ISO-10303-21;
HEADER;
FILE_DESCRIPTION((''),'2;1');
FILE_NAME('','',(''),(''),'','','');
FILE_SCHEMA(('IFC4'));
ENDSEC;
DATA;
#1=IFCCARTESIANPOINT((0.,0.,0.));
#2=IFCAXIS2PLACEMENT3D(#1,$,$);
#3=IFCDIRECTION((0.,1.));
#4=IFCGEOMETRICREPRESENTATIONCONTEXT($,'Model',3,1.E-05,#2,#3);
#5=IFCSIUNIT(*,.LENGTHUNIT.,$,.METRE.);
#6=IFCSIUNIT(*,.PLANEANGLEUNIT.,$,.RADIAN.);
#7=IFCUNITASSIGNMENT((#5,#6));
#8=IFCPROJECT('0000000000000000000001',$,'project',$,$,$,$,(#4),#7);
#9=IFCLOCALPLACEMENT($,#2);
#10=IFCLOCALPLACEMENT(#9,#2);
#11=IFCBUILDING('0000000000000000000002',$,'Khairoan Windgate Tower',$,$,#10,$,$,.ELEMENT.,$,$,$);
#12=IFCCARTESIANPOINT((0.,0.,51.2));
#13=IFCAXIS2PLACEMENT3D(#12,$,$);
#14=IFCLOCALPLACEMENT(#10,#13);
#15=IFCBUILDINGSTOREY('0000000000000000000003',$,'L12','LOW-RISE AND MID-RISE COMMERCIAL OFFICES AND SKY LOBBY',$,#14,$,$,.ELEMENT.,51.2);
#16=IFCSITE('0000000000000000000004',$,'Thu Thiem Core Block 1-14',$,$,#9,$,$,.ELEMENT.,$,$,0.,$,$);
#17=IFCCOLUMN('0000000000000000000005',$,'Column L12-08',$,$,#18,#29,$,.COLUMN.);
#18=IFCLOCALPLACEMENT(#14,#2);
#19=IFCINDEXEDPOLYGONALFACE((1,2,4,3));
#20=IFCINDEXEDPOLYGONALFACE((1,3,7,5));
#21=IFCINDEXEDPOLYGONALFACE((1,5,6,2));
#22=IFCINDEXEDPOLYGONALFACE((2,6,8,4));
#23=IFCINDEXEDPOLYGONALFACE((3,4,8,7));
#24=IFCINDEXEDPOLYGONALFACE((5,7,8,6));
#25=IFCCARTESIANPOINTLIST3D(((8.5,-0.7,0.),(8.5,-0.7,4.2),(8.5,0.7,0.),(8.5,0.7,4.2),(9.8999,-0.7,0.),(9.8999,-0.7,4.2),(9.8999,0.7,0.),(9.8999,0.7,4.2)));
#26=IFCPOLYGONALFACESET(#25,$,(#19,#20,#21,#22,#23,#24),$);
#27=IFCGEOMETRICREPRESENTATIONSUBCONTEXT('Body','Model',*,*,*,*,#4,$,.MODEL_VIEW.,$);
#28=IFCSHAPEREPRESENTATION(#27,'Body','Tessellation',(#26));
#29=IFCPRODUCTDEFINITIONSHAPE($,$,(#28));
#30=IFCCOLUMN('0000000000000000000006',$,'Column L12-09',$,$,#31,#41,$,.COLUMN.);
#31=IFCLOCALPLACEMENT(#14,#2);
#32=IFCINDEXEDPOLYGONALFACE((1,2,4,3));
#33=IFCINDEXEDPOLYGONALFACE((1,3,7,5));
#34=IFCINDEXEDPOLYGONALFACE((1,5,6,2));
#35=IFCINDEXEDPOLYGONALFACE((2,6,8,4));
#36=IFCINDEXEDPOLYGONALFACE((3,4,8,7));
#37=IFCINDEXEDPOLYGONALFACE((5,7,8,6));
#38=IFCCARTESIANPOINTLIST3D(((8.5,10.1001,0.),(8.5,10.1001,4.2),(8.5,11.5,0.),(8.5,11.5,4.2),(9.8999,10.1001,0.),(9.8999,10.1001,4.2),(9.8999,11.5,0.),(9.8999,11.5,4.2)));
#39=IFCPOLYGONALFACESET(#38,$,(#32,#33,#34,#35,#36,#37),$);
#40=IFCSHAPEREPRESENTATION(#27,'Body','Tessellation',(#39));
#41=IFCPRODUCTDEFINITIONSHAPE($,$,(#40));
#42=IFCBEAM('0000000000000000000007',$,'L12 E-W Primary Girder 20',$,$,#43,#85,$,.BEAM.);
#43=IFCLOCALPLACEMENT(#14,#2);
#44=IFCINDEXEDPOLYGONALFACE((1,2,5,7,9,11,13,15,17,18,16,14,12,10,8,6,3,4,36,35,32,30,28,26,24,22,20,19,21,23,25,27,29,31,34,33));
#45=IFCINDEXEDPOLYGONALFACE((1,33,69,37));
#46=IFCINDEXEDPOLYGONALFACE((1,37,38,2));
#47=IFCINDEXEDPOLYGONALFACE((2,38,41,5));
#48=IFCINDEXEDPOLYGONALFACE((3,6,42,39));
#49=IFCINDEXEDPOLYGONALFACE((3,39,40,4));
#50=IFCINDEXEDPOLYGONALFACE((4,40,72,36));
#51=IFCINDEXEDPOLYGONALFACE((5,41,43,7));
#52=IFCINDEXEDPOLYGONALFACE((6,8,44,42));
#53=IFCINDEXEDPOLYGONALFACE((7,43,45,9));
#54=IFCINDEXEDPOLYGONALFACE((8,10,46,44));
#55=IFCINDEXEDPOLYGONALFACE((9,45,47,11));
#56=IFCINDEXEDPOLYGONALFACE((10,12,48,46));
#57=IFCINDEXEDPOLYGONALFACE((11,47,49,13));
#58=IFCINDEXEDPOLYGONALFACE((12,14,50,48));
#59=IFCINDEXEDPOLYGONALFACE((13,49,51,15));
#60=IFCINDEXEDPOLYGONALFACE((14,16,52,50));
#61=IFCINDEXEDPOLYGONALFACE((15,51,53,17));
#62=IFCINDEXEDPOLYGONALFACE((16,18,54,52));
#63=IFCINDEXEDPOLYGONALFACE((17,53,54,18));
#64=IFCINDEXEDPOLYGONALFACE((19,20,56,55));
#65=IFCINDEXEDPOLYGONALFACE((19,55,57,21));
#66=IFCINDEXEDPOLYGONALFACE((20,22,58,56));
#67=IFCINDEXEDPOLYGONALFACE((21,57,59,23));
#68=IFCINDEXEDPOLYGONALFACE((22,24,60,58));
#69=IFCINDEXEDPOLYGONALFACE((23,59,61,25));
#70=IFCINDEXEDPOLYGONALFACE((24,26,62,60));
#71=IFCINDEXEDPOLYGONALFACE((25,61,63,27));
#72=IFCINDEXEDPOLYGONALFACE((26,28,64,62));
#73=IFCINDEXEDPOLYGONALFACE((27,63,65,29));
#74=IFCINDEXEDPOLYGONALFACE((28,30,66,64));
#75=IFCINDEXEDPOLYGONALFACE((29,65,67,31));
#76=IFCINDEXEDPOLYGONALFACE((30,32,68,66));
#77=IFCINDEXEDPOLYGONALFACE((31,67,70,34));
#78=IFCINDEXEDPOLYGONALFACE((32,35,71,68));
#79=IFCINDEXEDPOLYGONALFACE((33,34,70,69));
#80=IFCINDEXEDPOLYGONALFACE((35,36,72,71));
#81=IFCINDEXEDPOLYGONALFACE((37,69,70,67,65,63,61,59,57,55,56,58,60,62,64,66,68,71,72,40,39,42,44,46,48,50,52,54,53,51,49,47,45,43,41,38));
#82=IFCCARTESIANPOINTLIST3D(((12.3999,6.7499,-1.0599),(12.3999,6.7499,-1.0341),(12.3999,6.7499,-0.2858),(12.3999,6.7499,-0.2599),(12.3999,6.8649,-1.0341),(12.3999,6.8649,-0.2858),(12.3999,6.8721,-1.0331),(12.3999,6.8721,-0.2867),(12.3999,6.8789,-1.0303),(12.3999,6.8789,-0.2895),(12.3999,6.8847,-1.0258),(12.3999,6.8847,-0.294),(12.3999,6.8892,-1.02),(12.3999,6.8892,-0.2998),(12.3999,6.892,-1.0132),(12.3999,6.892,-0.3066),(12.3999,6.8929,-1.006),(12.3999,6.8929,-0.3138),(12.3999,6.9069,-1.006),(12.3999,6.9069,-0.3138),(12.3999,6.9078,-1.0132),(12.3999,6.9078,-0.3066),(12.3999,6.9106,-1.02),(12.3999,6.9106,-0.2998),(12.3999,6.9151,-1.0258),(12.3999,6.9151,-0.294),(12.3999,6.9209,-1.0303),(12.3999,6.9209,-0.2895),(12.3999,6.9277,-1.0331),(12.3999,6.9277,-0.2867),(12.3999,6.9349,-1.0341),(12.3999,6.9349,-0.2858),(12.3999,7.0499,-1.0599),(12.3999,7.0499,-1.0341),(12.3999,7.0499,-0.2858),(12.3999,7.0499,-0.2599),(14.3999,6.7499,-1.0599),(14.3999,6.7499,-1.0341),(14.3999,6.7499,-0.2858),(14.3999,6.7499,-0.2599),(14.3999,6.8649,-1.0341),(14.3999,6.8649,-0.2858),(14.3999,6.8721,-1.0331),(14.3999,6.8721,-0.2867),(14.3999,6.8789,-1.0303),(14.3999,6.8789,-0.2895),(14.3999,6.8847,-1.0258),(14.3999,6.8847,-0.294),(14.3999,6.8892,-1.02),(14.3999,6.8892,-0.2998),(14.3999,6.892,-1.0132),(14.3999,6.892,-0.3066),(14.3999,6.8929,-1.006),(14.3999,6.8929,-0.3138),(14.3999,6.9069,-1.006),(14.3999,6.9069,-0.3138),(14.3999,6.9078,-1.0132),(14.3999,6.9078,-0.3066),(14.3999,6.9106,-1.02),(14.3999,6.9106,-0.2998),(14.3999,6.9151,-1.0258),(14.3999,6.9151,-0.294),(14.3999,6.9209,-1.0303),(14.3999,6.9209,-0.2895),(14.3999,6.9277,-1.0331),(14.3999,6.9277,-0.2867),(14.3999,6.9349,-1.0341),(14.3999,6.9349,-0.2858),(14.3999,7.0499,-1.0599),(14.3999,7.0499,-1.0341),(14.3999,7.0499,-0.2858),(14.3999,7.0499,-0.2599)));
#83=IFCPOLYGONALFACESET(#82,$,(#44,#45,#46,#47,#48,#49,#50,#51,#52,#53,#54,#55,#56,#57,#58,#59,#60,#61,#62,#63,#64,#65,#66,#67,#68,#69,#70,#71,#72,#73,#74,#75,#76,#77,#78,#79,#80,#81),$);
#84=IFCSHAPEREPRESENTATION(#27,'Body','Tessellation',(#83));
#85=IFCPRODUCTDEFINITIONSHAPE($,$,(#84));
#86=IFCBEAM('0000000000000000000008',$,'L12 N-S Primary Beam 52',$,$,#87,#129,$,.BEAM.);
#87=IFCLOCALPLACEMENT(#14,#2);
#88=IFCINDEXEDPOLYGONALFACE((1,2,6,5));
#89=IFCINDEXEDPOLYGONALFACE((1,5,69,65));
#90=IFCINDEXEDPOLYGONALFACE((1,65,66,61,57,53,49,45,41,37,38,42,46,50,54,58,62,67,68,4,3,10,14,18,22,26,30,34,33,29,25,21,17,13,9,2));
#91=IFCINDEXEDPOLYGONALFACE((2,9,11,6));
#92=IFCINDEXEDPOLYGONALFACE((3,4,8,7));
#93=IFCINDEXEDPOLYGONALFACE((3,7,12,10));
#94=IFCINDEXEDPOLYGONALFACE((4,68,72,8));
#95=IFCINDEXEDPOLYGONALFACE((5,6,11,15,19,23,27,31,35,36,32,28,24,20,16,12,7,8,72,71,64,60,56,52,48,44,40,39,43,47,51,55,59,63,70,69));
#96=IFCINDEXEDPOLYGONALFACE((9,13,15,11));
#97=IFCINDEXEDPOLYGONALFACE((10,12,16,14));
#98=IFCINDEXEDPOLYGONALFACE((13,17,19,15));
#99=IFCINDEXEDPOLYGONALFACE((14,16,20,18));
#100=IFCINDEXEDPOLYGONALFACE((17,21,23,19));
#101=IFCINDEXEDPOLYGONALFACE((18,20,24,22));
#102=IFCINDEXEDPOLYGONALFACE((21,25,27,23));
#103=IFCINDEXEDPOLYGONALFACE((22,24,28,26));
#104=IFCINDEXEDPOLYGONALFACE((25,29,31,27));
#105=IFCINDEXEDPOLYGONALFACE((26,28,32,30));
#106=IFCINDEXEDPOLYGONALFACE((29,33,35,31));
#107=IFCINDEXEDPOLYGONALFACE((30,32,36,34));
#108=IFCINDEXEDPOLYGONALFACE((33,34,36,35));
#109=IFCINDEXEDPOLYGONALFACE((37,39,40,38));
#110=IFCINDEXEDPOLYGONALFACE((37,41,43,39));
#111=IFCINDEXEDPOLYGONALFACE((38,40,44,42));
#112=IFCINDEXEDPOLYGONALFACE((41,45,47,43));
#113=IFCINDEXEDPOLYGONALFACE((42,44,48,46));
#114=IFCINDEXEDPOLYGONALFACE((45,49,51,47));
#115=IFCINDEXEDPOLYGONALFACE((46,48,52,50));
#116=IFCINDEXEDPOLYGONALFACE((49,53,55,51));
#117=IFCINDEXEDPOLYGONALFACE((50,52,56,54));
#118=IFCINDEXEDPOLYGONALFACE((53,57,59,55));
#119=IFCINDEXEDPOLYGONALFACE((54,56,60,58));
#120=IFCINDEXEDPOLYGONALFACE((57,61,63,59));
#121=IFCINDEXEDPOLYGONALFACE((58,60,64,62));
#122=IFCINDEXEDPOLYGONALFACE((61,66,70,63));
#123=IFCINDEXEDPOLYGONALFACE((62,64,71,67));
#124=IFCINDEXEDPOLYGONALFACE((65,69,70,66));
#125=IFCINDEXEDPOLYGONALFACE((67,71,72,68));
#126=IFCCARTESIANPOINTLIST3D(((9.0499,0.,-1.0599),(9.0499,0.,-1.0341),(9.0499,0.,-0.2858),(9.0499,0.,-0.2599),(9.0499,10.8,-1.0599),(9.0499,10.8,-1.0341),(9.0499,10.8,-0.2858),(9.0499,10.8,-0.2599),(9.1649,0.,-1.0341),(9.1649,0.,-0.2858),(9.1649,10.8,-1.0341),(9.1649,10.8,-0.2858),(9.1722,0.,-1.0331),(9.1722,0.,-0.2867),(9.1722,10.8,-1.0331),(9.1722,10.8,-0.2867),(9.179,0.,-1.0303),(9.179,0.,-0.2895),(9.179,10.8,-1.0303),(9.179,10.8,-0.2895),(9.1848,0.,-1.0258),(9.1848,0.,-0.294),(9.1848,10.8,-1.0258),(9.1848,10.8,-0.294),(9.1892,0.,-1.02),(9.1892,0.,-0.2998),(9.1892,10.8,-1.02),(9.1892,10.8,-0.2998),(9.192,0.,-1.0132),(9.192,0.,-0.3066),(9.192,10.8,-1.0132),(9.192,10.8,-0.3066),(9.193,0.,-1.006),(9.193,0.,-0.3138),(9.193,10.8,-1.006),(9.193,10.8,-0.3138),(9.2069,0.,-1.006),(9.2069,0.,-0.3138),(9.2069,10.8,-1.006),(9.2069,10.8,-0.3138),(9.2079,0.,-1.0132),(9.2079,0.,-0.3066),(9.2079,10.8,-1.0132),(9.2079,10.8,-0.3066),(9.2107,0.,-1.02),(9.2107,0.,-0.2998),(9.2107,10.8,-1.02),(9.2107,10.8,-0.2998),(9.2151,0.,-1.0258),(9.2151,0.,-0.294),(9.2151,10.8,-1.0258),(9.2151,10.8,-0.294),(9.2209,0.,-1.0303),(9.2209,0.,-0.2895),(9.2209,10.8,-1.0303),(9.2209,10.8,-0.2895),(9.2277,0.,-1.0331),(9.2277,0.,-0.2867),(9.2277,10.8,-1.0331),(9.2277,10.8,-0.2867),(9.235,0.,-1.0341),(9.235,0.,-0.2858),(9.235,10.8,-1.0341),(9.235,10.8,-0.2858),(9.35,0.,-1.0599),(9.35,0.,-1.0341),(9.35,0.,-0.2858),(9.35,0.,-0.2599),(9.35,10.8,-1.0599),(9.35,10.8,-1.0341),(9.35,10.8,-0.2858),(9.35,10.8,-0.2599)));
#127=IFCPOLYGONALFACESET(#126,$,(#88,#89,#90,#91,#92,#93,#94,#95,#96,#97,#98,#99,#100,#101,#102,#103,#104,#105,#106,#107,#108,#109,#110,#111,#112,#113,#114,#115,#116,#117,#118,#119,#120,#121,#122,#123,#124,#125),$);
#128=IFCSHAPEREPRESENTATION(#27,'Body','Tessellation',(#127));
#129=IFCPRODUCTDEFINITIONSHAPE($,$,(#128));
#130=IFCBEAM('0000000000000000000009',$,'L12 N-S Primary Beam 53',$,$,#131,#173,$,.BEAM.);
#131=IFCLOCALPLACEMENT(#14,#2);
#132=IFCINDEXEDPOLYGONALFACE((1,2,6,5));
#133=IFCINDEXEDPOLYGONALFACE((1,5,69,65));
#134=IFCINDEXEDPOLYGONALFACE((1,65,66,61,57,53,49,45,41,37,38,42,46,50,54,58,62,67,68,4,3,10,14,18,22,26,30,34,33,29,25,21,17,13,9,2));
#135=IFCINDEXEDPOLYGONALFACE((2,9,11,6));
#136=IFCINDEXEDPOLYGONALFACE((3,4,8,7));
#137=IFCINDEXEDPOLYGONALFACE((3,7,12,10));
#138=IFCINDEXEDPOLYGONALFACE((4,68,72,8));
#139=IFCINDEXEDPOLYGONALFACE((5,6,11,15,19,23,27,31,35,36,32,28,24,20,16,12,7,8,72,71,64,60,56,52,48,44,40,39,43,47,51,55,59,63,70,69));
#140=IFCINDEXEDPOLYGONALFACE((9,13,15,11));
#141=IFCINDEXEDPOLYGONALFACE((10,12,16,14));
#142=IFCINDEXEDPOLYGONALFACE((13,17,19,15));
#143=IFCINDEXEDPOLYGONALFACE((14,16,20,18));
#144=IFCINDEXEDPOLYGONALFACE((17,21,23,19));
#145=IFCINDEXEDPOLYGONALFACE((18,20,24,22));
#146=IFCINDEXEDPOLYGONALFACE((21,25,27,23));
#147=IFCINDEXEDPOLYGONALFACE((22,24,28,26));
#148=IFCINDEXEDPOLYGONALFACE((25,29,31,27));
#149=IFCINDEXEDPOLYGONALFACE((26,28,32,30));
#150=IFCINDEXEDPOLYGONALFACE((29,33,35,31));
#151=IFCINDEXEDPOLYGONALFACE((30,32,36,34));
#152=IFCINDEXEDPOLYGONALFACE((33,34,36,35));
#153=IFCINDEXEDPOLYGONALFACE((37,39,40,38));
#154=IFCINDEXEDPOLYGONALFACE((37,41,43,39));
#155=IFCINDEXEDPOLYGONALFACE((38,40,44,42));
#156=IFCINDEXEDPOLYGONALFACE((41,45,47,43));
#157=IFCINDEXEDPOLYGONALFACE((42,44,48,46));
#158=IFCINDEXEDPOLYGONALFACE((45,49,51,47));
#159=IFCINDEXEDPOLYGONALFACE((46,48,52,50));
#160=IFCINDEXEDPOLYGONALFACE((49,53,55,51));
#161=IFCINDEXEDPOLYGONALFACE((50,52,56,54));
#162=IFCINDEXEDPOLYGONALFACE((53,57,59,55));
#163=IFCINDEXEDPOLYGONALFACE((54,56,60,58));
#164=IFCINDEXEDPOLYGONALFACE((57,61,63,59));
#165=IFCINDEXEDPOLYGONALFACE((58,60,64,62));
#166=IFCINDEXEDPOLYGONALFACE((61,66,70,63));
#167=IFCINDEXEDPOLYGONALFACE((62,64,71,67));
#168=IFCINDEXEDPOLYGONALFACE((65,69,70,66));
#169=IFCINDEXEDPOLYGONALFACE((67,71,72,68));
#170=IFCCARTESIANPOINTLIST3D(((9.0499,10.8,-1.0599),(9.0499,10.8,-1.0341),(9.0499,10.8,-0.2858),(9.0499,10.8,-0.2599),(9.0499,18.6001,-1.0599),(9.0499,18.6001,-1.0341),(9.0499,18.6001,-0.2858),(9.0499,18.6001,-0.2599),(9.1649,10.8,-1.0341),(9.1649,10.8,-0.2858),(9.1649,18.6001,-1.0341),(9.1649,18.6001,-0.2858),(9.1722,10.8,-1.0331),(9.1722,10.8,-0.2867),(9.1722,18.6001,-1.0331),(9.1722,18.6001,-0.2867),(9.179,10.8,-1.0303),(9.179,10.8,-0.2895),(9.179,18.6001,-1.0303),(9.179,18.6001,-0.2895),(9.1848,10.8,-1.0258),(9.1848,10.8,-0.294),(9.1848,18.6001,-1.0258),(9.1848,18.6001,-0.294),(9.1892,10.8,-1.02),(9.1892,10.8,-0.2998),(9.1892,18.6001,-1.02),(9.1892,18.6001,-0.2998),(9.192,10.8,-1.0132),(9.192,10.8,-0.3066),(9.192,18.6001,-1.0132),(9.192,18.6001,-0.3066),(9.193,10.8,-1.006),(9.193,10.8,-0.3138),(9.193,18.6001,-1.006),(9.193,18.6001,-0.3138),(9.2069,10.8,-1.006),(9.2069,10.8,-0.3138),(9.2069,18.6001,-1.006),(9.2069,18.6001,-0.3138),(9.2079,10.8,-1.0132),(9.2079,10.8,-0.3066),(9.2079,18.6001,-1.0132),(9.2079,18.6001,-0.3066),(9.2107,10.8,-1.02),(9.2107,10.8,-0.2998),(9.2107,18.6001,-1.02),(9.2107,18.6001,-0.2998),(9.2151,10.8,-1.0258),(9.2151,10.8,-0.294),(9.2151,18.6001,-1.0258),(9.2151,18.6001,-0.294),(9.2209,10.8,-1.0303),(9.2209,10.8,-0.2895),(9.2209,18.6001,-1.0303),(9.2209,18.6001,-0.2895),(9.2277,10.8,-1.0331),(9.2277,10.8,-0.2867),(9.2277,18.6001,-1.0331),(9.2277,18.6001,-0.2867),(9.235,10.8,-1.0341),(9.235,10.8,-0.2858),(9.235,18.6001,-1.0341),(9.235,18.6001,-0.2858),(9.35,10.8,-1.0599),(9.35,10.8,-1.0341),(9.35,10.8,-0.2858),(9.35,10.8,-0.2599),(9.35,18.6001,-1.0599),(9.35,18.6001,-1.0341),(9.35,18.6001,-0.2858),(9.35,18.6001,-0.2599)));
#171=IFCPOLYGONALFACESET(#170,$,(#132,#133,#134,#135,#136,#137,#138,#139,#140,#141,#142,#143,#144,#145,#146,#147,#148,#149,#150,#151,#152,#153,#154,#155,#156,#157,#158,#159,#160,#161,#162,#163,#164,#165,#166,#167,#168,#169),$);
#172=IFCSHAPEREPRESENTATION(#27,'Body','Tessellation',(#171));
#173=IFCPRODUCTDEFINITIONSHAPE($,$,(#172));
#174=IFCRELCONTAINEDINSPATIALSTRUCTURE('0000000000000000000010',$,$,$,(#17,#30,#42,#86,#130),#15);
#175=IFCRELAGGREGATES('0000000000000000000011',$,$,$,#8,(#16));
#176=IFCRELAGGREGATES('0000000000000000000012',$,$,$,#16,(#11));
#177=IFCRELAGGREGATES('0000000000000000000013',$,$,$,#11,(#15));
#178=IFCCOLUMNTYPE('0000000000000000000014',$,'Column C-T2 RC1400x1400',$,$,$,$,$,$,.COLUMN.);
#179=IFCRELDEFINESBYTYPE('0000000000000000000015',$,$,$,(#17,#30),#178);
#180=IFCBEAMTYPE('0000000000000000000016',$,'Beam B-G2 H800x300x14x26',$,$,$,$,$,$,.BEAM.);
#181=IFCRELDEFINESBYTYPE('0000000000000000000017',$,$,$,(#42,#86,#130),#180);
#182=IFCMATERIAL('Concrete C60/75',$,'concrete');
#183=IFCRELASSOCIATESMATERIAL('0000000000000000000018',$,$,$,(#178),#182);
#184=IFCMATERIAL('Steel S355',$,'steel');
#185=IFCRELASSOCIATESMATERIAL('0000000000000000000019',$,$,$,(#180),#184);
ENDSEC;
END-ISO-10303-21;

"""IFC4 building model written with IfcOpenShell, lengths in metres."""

from ifc_helpers import new_model, si_unit, direction, frame, origin, origin_2d, place, context, subcontext, project, spatial, rectangle, i_section, extrude, material, material_profile, profile_set, type_object, element, save


model = new_model("IFC4")

# Units and contexts
model_context = context("Model", 3, precision=1e-05, world=origin(), true_north=direction((0.0, 1.0)))
body_context = subcontext(model_context, "Body", "Model", "MODEL_VIEW")
ifc_project = project(units=[si_unit("LENGTHUNIT", "METRE"), si_unit("PLANEANGLEUNIT", "RADIAN")], contexts=[model_context])

# Site, building, storey
site_placement = place(None, origin())
site = spatial("IfcSite", under=ifc_project, at=site_placement, Name="Thu Thiem Core Block 1-14", CompositionType="ELEMENT", RefElevation=0.0)
building_placement = place(site_placement, origin())
building = spatial("IfcBuilding", under=site, at=building_placement, Name="Khairoan Windgate Tower", CompositionType="ELEMENT")
storey_placement = place(building_placement, frame((0.0, 0.0, 51.2)))
storey = spatial("IfcBuildingStorey", under=building, at=storey_placement, Name="L12", Description="LOW-RISE AND MID-RISE COMMERCIAL OFFICES AND SKY LOBBY", CompositionType="ELEMENT", Elevation=51.2)

# Columns
ifc_material_1 = material(Name="Concrete C60/75", Category="concrete")
ifc_material_profile_1 = material_profile(ifc_material_1, rectangle(XDim=1.3999, YDim=1.3999, at=origin_2d()))
ifc_profile_set_1 = profile_set([ifc_material_profile_1], Name="Concrete C60/75")
column_type = type_object("IfcColumnType", Name="Column C-T2 RC1400x1400", PredefinedType="COLUMN", material=ifc_profile_set_1)
for number, where, z_axis, x_axis, name in (
    (1, (9.2, 0.0, 0.0), (0.0, 0.0, 1.0), (1.0, 0.0, 0.0), "Column L12-08"),
    (2, (9.2, 10.8, 0.0), (0.0, 0.0, 1.0), (1.0, 0.0, 0.0), "Column L12-09"),
):
    element("IfcColumn", number, at=place(storey_placement, frame(where, z_axis=z_axis, x_axis=x_axis)), inside=storey, type_object=column_type, Name=name, PredefinedType="COLUMN", context=body_context, shape_type="SweptSolid", body=[
        extrude(rectangle(XDim=1.3999, YDim=1.3999, at=origin_2d()), origin(), (0.0, 0.0, 1.0), 4.2),
    ])

# Beams
ifc_material_2 = material(Name="Steel S355", Category="steel")
ifc_material_profile_2 = material_profile(ifc_material_2, i_section(OverallWidth=0.3, OverallDepth=0.8, WebThickness=0.0139, FlangeThickness=0.0259, FilletRadius=0.0281, at=origin_2d()))
ifc_profile_set_2 = profile_set([ifc_material_profile_2], Name="Steel S355")
beam_type_1 = type_object("IfcBeamType", Name="Beam B-G2 H800x300x14x26", PredefinedType="BEAM", material=ifc_profile_set_2)
beam_1_placement = place(storey_placement, frame((12.3999, 6.8999, -0.6599), z_axis=(1.0, 0.0, 0.0), x_axis=(0.0, 1.0, 0.0)))
element("IfcBeam", 3, at=beam_1_placement, inside=storey, type_object=beam_type_1, Name="L12 E-W Primary Girder 20", PredefinedType="BEAM", context=body_context, shape_type="SweptSolid", body=[
    extrude(i_section(OverallWidth=0.3, OverallDepth=0.8, WebThickness=0.0139, FlangeThickness=0.0259, FilletRadius=0.0281, at=origin_2d()), origin(), (0.0, 0.0, 1.0), 2.0),
])
beam_2_placement = place(storey_placement, frame((9.2, 0.0, -0.6599), z_axis=(0.0, 1.0, 0.0), x_axis=(-1.0, 0.0, 0.0)))
element("IfcBeam", 4, at=beam_2_placement, inside=storey, type_object=beam_type_1, Name="L12 N-S Primary Beam 52", PredefinedType="BEAM", context=body_context, shape_type="SweptSolid", body=[
    extrude(i_section(OverallWidth=0.3, OverallDepth=0.8, WebThickness=0.0139, FlangeThickness=0.0259, FilletRadius=0.0281, at=origin_2d()), origin(), (0.0, 0.0, 1.0), 10.8),
])
beam_3_placement = place(storey_placement, frame((9.2, 10.8, -0.6599), z_axis=(0.0, 1.0, 0.0), x_axis=(-1.0, 0.0, 0.0)))
element("IfcBeam", 5, at=beam_3_placement, inside=storey, type_object=beam_type_1, Name="L12 N-S Primary Beam 53", PredefinedType="BEAM", context=body_context, shape_type="SweptSolid", body=[
    extrude(i_section(OverallWidth=0.3, OverallDepth=0.8, WebThickness=0.0139, FlangeThickness=0.0259, FilletRadius=0.0281, at=origin_2d()), origin(), (0.0, 0.0, 1.0), 7.8),
])

save(model, "model.ifc")
